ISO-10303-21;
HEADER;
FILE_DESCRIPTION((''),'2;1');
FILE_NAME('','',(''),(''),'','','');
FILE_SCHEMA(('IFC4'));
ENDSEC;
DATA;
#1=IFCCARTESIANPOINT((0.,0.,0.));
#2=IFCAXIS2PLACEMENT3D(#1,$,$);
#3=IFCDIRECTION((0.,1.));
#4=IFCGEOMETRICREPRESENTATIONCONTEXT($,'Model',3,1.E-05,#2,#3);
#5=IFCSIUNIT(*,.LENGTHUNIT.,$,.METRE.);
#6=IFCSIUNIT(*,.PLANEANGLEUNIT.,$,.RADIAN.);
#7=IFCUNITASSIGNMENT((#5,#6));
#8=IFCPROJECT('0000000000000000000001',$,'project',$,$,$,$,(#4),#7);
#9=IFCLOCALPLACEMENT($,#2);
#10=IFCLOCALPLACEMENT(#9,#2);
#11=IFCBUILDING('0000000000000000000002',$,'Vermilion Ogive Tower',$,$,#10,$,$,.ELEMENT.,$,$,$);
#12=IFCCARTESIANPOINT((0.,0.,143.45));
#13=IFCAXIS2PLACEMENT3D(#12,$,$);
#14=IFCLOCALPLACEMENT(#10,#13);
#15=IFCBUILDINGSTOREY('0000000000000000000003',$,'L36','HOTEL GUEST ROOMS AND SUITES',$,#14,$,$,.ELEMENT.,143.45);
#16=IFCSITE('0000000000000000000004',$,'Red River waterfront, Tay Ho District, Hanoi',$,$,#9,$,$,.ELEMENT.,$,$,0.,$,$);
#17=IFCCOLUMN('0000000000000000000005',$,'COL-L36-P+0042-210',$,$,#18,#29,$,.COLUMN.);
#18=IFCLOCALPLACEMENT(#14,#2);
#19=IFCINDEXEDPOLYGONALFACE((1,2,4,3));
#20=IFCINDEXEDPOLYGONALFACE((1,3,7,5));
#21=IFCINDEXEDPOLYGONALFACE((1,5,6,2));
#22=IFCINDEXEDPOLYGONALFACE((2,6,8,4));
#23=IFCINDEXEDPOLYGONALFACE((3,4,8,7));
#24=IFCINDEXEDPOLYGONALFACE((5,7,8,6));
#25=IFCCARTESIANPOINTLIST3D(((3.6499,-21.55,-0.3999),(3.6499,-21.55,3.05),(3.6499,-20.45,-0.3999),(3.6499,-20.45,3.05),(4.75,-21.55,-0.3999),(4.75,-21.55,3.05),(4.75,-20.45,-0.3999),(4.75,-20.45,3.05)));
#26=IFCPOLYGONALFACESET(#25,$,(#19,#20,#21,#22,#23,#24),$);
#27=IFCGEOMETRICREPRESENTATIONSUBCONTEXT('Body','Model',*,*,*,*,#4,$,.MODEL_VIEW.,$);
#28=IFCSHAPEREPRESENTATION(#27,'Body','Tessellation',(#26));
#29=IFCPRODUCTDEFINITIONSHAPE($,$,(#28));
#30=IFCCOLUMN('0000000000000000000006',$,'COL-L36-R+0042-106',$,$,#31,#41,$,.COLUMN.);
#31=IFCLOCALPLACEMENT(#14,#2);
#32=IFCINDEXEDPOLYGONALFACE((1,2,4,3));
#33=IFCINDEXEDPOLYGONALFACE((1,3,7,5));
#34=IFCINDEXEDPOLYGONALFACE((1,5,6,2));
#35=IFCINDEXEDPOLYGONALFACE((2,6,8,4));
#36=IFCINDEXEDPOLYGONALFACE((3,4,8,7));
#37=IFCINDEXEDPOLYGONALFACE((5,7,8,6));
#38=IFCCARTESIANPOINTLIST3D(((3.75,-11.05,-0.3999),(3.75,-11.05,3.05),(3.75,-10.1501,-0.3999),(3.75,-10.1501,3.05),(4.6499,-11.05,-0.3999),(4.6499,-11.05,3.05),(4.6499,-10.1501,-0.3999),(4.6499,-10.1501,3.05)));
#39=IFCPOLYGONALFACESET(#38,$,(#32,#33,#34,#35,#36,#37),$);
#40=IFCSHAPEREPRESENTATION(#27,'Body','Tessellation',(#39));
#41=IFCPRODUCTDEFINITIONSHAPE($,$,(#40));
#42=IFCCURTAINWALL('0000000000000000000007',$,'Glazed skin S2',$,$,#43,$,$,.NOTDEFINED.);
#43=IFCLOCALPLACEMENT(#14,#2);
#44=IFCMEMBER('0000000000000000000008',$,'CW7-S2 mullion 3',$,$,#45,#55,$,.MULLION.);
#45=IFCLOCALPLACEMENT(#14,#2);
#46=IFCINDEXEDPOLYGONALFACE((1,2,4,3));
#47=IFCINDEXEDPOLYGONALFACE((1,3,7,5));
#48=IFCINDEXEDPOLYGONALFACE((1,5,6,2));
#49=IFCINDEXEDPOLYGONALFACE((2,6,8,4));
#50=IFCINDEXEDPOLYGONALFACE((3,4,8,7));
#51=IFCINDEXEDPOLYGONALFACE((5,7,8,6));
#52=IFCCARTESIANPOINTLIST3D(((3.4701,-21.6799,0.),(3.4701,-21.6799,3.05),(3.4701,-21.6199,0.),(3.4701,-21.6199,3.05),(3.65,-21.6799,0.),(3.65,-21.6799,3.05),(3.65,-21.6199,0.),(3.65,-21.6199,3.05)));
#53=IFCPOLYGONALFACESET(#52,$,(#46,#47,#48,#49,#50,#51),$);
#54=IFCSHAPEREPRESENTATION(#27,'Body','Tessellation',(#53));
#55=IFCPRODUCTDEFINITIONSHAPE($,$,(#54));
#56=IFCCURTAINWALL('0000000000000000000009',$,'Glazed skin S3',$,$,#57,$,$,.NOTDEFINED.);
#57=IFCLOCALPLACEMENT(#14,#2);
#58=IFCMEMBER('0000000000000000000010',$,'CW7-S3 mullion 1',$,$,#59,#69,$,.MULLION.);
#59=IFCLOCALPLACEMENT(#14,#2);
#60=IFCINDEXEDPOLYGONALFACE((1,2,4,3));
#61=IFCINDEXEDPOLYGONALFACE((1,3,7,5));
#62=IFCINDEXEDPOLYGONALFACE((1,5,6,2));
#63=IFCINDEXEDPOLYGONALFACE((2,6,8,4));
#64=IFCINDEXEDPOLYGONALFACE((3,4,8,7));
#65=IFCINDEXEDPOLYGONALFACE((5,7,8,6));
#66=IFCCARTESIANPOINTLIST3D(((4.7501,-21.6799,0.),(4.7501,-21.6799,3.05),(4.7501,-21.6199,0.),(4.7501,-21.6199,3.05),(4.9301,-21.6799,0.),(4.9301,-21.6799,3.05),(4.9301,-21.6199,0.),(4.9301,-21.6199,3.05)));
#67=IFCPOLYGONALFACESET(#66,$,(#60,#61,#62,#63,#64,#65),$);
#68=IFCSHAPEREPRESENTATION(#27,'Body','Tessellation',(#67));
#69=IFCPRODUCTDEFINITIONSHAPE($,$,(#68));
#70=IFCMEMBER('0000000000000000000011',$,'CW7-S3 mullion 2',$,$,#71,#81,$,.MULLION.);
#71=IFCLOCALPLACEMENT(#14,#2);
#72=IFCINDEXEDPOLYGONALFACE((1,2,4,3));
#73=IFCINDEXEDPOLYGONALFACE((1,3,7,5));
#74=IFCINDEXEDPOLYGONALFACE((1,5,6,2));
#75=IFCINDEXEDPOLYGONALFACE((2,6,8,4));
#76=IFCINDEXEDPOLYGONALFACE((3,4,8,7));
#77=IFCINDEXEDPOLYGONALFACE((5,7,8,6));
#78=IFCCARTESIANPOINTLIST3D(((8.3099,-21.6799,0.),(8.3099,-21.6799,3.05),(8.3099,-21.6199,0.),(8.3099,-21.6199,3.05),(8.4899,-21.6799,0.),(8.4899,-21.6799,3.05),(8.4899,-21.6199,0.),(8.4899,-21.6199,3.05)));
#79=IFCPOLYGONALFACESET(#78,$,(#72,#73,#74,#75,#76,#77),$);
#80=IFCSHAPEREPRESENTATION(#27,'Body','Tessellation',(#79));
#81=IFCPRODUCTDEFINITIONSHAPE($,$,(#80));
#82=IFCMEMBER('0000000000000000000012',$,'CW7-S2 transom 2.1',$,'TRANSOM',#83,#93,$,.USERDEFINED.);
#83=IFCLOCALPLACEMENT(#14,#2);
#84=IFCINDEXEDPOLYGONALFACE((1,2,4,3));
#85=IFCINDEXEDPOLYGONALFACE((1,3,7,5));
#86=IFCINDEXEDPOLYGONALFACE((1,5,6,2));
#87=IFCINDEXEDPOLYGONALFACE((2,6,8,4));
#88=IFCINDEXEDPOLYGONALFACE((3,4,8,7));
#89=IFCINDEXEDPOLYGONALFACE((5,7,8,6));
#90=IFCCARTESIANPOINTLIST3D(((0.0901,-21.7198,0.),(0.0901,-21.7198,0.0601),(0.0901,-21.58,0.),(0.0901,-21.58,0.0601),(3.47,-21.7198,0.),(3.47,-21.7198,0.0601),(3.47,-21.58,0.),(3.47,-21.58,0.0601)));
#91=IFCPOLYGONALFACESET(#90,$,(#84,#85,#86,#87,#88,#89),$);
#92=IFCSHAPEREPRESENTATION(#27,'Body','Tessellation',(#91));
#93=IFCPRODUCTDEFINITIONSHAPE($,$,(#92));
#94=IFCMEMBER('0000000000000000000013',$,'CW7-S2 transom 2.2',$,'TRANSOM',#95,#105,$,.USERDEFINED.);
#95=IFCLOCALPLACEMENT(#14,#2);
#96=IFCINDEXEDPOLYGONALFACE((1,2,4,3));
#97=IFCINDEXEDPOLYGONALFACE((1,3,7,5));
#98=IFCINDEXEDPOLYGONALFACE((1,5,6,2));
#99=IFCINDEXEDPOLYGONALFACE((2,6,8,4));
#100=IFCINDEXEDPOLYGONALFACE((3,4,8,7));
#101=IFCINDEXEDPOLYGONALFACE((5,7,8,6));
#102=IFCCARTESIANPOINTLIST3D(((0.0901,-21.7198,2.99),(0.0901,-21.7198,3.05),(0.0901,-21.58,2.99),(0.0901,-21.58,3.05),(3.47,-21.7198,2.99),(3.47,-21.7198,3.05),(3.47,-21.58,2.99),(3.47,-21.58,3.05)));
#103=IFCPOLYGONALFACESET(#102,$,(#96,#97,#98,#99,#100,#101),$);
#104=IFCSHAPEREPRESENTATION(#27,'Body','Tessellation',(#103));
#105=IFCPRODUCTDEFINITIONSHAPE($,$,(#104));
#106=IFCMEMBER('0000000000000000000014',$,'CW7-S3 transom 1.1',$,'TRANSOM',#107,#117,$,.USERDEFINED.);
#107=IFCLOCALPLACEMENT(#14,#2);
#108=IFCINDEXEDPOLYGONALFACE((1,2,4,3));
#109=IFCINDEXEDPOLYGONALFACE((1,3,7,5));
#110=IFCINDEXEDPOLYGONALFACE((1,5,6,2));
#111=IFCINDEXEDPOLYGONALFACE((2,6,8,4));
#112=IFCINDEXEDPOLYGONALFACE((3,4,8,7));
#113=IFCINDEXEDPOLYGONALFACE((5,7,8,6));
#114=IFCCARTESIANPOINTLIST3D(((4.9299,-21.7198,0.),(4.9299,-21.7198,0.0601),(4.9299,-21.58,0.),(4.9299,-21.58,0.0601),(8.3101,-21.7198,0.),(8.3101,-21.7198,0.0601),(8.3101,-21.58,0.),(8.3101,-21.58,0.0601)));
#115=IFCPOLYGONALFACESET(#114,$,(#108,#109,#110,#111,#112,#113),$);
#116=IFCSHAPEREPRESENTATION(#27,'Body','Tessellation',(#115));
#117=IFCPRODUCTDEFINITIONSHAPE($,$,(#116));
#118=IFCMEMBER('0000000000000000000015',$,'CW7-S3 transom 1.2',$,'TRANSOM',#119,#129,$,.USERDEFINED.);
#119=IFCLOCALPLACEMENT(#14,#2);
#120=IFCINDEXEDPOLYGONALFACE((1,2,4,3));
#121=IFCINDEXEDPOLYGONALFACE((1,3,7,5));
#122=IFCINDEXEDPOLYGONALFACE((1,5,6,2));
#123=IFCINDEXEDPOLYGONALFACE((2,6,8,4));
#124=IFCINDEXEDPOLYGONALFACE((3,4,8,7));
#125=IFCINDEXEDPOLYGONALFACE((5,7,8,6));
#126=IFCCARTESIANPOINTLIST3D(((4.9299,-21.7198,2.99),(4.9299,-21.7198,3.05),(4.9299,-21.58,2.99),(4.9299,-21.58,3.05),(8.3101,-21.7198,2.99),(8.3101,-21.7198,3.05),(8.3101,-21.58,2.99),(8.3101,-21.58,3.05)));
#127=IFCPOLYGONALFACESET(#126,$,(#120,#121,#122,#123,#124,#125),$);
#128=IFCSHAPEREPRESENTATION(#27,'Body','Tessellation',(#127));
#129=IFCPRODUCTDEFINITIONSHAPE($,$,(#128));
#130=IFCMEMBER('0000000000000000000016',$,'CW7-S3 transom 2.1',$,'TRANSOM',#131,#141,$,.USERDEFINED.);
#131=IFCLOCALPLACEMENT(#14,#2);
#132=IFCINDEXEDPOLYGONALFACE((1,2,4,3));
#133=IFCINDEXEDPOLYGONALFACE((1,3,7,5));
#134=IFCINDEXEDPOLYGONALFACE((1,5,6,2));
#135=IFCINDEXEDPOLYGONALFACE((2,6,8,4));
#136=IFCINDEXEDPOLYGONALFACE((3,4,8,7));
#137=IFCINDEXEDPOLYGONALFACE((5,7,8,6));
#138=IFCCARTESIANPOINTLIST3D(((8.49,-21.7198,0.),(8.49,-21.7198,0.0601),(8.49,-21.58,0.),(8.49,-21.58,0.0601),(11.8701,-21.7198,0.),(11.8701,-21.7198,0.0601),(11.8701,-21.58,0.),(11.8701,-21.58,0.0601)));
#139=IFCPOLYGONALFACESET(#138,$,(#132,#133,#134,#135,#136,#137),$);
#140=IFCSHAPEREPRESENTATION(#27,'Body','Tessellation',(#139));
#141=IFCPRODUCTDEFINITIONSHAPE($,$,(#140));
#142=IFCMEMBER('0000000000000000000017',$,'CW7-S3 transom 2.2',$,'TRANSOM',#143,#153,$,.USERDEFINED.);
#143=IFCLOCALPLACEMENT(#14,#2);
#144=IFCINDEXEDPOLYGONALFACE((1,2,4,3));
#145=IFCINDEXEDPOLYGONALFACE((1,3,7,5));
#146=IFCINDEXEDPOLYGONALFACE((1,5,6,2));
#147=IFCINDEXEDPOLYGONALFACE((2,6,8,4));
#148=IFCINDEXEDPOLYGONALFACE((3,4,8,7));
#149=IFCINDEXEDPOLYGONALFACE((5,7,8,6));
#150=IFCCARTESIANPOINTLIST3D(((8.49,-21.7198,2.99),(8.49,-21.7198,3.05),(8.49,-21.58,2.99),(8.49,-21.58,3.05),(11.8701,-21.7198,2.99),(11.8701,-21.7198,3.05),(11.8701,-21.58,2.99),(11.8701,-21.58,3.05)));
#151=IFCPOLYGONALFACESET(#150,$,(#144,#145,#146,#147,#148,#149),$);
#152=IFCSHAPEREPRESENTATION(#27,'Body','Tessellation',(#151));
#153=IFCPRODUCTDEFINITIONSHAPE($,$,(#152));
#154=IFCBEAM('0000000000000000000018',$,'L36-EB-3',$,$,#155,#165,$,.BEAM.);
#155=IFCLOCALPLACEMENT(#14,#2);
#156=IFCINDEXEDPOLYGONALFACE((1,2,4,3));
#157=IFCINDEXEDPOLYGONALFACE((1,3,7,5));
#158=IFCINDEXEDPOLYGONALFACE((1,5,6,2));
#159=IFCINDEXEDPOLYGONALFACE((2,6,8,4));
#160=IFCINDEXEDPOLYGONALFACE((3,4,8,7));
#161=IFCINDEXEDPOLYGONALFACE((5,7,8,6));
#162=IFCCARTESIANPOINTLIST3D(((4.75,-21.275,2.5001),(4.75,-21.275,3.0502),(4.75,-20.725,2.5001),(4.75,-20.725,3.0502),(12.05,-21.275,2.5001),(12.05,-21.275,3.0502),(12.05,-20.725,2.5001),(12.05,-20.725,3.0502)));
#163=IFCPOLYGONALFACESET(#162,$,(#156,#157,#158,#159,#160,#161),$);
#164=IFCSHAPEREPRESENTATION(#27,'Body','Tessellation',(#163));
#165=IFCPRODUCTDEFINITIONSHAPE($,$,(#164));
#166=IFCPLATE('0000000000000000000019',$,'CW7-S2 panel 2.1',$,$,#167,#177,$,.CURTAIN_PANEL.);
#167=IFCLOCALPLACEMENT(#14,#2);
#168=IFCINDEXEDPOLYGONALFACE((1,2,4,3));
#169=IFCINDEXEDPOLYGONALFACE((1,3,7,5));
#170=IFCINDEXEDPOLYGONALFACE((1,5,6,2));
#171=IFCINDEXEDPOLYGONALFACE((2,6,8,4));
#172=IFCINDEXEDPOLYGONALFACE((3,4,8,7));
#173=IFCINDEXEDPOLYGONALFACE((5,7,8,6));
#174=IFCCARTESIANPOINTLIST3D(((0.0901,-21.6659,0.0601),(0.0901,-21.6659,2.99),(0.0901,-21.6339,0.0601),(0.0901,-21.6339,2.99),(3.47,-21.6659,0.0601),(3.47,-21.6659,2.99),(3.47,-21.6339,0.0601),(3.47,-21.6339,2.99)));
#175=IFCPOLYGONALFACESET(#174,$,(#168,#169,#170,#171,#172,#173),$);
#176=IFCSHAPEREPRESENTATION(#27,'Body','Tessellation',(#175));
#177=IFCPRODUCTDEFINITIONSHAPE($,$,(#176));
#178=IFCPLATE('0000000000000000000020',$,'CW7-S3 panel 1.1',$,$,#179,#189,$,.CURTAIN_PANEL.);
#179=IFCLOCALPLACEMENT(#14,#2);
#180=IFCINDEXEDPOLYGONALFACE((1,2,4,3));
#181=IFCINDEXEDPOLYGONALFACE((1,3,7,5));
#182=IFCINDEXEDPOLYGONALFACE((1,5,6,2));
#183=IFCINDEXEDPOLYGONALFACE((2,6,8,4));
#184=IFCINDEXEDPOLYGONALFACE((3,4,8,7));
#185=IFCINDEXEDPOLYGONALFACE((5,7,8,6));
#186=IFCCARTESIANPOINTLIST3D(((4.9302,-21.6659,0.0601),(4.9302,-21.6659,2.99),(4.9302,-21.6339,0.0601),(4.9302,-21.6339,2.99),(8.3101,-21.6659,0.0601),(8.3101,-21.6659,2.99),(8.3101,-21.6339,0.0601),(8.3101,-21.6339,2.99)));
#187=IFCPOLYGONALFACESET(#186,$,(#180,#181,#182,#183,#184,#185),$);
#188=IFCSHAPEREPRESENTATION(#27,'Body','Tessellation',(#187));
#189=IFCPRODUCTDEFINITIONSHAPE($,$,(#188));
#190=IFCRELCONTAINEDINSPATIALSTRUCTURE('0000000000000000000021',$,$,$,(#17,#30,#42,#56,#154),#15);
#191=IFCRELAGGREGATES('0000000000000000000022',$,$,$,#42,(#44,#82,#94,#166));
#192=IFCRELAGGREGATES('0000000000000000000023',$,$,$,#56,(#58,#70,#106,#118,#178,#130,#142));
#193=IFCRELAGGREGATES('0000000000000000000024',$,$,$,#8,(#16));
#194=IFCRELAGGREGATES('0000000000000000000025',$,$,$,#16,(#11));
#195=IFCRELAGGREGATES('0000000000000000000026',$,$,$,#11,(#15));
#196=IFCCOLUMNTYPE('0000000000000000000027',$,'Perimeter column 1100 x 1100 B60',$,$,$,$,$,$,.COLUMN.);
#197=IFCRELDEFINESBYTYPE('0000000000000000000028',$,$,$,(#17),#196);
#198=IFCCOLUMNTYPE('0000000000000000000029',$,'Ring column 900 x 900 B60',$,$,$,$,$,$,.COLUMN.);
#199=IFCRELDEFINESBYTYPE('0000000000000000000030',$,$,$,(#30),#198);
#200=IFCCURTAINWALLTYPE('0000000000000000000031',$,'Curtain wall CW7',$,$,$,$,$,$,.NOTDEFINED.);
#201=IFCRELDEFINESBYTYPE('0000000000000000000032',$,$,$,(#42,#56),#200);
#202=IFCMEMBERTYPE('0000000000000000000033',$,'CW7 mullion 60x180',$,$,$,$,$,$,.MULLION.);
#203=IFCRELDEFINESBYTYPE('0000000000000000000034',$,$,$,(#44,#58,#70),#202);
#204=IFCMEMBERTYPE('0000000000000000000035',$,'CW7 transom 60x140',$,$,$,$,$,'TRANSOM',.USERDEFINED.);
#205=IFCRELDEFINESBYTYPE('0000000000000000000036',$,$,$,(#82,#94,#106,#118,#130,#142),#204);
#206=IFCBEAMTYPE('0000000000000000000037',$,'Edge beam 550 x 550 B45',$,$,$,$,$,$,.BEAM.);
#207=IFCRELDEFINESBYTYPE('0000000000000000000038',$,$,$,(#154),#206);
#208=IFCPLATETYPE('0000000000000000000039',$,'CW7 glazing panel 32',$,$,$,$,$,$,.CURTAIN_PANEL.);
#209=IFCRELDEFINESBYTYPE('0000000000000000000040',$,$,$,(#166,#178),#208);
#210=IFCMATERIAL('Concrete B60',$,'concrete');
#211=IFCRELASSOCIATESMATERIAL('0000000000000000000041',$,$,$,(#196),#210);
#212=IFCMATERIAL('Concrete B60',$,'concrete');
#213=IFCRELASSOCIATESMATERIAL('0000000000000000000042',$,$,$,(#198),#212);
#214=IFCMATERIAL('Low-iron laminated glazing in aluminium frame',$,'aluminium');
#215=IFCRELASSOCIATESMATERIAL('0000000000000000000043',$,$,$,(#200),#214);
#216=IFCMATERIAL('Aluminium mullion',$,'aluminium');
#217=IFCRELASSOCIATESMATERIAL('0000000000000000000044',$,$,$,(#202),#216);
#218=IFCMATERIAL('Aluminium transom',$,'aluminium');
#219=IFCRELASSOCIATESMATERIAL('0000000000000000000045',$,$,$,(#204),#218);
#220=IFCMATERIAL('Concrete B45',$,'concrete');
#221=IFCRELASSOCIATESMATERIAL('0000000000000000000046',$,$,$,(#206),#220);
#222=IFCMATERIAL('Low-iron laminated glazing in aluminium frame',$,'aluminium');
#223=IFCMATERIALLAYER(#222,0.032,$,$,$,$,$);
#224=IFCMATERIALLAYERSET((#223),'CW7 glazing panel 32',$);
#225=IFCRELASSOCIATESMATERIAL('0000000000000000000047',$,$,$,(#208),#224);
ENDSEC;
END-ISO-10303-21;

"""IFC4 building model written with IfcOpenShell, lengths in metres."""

from ifc_helpers import new_model, si_unit, direction, frame, origin, origin_2d, place, context, subcontext, project, spatial, rectangle, extrude, material, layer, layer_set, material_profile, profile_set, type_object, element, aggregate, save


model = new_model("IFC4")

# Units and contexts
model_context = context("Model", 3, precision=1e-05, world=origin(), true_north=direction((0.0, 1.0)))
body_context = subcontext(model_context, "Body", "Model", "MODEL_VIEW")
ifc_project = project(units=[si_unit("LENGTHUNIT", "METRE"), si_unit("PLANEANGLEUNIT", "RADIAN")], contexts=[model_context])

# Site, building, storey
site_placement = place(None, origin())
site = spatial("IfcSite", under=ifc_project, at=site_placement, Name="Red River waterfront, Tay Ho District, Hanoi", CompositionType="ELEMENT", RefElevation=0.0)
building_placement = place(site_placement, origin())
building = spatial("IfcBuilding", under=site, at=building_placement, Name="Vermilion Ogive Tower", CompositionType="ELEMENT")
storey_placement = place(building_placement, frame((0.0, 0.0, 143.45)))
storey = spatial("IfcBuildingStorey", under=building, at=storey_placement, Name="L36", Description="HOTEL GUEST ROOMS AND SUITES", CompositionType="ELEMENT", Elevation=143.45)

# Columns
ifc_material_1 = material(Name="Concrete B60", Category="concrete")
ifc_material_profile_1 = material_profile(ifc_material_1, rectangle(XDim=1.1001, YDim=1.1001, at=origin_2d()), Name="1100 x 1100")
ifc_profile_set_1 = profile_set([ifc_material_profile_1], Name="Concrete B60")
column_type_1 = type_object("IfcColumnType", Name="Perimeter column 1100 x 1100 B60", PredefinedType="COLUMN", material=ifc_profile_set_1)
column_1_placement = place(storey_placement, frame((4.2, -21.0, -0.3999), z_axis=(0.0, 0.0, 1.0), x_axis=(1.0, 0.0, 0.0)))
element("IfcColumn", 1, at=column_1_placement, inside=storey, type_object=column_type_1, Name="COL-L36-P+0042-210", PredefinedType="COLUMN", context=body_context, shape_type="SweptSolid", body=[
    extrude(rectangle(XDim=1.1001, YDim=1.1001, at=origin_2d()), origin(), (0.0, 0.0, 1.0), 3.45),
])
ifc_material_2 = material(Name="Concrete B60", Category="concrete")
ifc_material_profile_2 = material_profile(ifc_material_2, rectangle(XDim=0.8999, YDim=0.8999, at=origin_2d()), Name="900 x 900")
ifc_profile_set_2 = profile_set([ifc_material_profile_2], Name="Concrete B60")
column_type_2 = type_object("IfcColumnType", Name="Ring column 900 x 900 B60", PredefinedType="COLUMN", material=ifc_profile_set_2)
column_2_placement = place(storey_placement, frame((4.2, -10.6001, -0.3999), z_axis=(0.0, 0.0, 1.0), x_axis=(1.0, 0.0, 0.0)))
element("IfcColumn", 2, at=column_2_placement, inside=storey, type_object=column_type_2, Name="COL-L36-R+0042-106", PredefinedType="COLUMN", context=body_context, shape_type="SweptSolid", body=[
    extrude(rectangle(XDim=0.8999, YDim=0.8999, at=origin_2d()), origin(), (0.0, 0.0, 1.0), 3.45),
])

# Curtain wall, member
ifc_material_3 = material(Name="Low-iron laminated glazing in aluminium frame", Category="aluminium")
curtain_wall_type = type_object("IfcCurtainWallType", Name="Curtain wall CW7", PredefinedType="NOTDEFINED", material=ifc_material_3)
curtain_wall_1_placement = place(storey_placement, origin())
curtain_wall_1 = element("IfcCurtainWall", 3, at=curtain_wall_1_placement, inside=storey, type_object=curtain_wall_type, Name="Glazed skin S2", PredefinedType="NOTDEFINED")
ifc_material_4 = material(Name="Aluminium mullion", Category="aluminium")
ifc_material_profile_3 = material_profile(ifc_material_4, rectangle(XDim=0.0601, YDim=0.1799, at=origin_2d()), Name="AL 60x180")
ifc_profile_set_3 = profile_set([ifc_material_profile_3], Name="Aluminium mullion")
member_type_1 = type_object("IfcMemberType", Name="CW7 mullion 60x180", PredefinedType="MULLION", material=ifc_profile_set_3)
member_1_placement = place(storey_placement, frame((3.5601, -21.6499, 0.0), z_axis=(0.0, 0.0, 1.0), x_axis=(0.0, 1.0, 0.0)))
member_1 = element("IfcMember", 4, at=member_1_placement, type_object=member_type_1, Name="CW7-S2 mullion 3", PredefinedType="MULLION", context=body_context, shape_type="SweptSolid", body=[
    extrude(rectangle(XDim=0.0601, YDim=0.1799, at=origin_2d()), origin(), (0.0, 0.0, 1.0), 3.05),
])

# Curtain wall, members
curtain_wall_2_placement = place(storey_placement, origin())
curtain_wall_2 = element("IfcCurtainWall", 5, at=curtain_wall_2_placement, inside=storey, type_object=curtain_wall_type, Name="Glazed skin S3", PredefinedType="NOTDEFINED")
member_2_placement = place(storey_placement, frame((4.8401, -21.6499, 0.0), z_axis=(0.0, 0.0, 1.0), x_axis=(0.0, 1.0, 0.0)))
member_2 = element("IfcMember", 6, at=member_2_placement, type_object=member_type_1, Name="CW7-S3 mullion 1", PredefinedType="MULLION", context=body_context, shape_type="SweptSolid", body=[
    extrude(rectangle(XDim=0.0601, YDim=0.1799, at=origin_2d()), origin(), (0.0, 0.0, 1.0), 3.05),
])
member_3_placement = place(storey_placement, frame((8.3999, -21.6499, 0.0), z_axis=(0.0, 0.0, 1.0), x_axis=(0.0, 1.0, 0.0)))
member_3 = element("IfcMember", 7, at=member_3_placement, type_object=member_type_1, Name="CW7-S3 mullion 2", PredefinedType="MULLION", context=body_context, shape_type="SweptSolid", body=[
    extrude(rectangle(XDim=0.0601, YDim=0.1799, at=origin_2d()), origin(), (0.0, 0.0, 1.0), 3.05),
])

# Members
ifc_material_5 = material(Name="Aluminium transom", Category="aluminium")
ifc_material_profile_4 = material_profile(ifc_material_5, rectangle(XDim=0.1399, YDim=0.0601, at=origin_2d()), Name="AL 60x140")
ifc_profile_set_4 = profile_set([ifc_material_profile_4], Name="Aluminium transom")
member_type_2 = type_object("IfcMemberType", Name="CW7 transom 60x140", ElementType="TRANSOM", PredefinedType="USERDEFINED", material=ifc_profile_set_4)
member_4_placement = place(storey_placement, frame((0.0901, -21.6499, 0.03), z_axis=(1.0, 0.0, 0.0), x_axis=(0.0, 1.0, 0.0)))
member_4 = element("IfcMember", 8, at=member_4_placement, type_object=member_type_2, Name="CW7-S2 transom 2.1", ObjectType="TRANSOM", PredefinedType="USERDEFINED", context=body_context, shape_type="SweptSolid", body=[
    extrude(rectangle(XDim=0.1399, YDim=0.0601, at=origin_2d()), origin(), (0.0, 0.0, 1.0), 3.3799),
])
member_5_placement = place(storey_placement, frame((0.0901, -21.6499, 3.02), z_axis=(1.0, 0.0, 0.0), x_axis=(0.0, 1.0, 0.0)))
member_5 = element("IfcMember", 9, at=member_5_placement, type_object=member_type_2, Name="CW7-S2 transom 2.2", ObjectType="TRANSOM", PredefinedType="USERDEFINED", context=body_context, shape_type="SweptSolid", body=[
    extrude(rectangle(XDim=0.1399, YDim=0.0601, at=origin_2d()), origin(), (0.0, 0.0, 1.0), 3.3799),
])
member_6_placement = place(storey_placement, frame((4.9299, -21.6499, 0.03), z_axis=(1.0, 0.0, 0.0), x_axis=(0.0, 1.0, 0.0)))
member_6 = element("IfcMember", 10, at=member_6_placement, type_object=member_type_2, Name="CW7-S3 transom 1.1", ObjectType="TRANSOM", PredefinedType="USERDEFINED", context=body_context, shape_type="SweptSolid", body=[
    extrude(rectangle(XDim=0.1399, YDim=0.0601, at=origin_2d()), origin(), (0.0, 0.0, 1.0), 3.3801),
])
member_7_placement = place(storey_placement, frame((4.9299, -21.6499, 3.02), z_axis=(1.0, 0.0, 0.0), x_axis=(0.0, 1.0, 0.0)))
member_7 = element("IfcMember", 11, at=member_7_placement, type_object=member_type_2, Name="CW7-S3 transom 1.2", ObjectType="TRANSOM", PredefinedType="USERDEFINED", context=body_context, shape_type="SweptSolid", body=[
    extrude(rectangle(XDim=0.1399, YDim=0.0601, at=origin_2d()), origin(), (0.0, 0.0, 1.0), 3.3801),
])
member_8_placement = place(storey_placement, frame((8.49, -21.6499, 0.03), z_axis=(1.0, 0.0, 0.0), x_axis=(0.0, 1.0, 0.0)))
member_8 = element("IfcMember", 12, at=member_8_placement, type_object=member_type_2, Name="CW7-S3 transom 2.1", ObjectType="TRANSOM", PredefinedType="USERDEFINED", context=body_context, shape_type="SweptSolid", body=[
    extrude(rectangle(XDim=0.1399, YDim=0.0601, at=origin_2d()), origin(), (0.0, 0.0, 1.0), 3.3801),
])
member_9_placement = place(storey_placement, frame((8.49, -21.6499, 3.02), z_axis=(1.0, 0.0, 0.0), x_axis=(0.0, 1.0, 0.0)))
member_9 = element("IfcMember", 13, at=member_9_placement, type_object=member_type_2, Name="CW7-S3 transom 2.2", ObjectType="TRANSOM", PredefinedType="USERDEFINED", context=body_context, shape_type="SweptSolid", body=[
    extrude(rectangle(XDim=0.1399, YDim=0.0601, at=origin_2d()), origin(), (0.0, 0.0, 1.0), 3.3801),
])

# Beam
ifc_material_6 = material(Name="Concrete B45", Category="concrete")
ifc_material_profile_5 = material_profile(ifc_material_6, rectangle(XDim=0.55, YDim=0.55, at=origin_2d()), Name="550 x 550")
ifc_profile_set_5 = profile_set([ifc_material_profile_5], Name="Concrete B45")
beam_type = type_object("IfcBeamType", Name="Edge beam 550 x 550 B45", PredefinedType="BEAM", material=ifc_profile_set_5)
beam_placement = place(storey_placement, frame((4.75, -21.0, 2.7751), z_axis=(1.0, 0.0, 0.0), x_axis=(0.0, 1.0, 0.0)))
element("IfcBeam", 14, at=beam_placement, inside=storey, type_object=beam_type, Name="L36-EB-3", PredefinedType="BEAM", context=body_context, shape_type="SweptSolid", body=[
    extrude(rectangle(XDim=0.55, YDim=0.55, at=origin_2d()), origin(), (0.0, 0.0, 1.0), 7.3),
])

# Plates
ifc_material_7 = material(Name="Low-iron laminated glazing in aluminium frame", Category="aluminium")
ifc_layer_1 = layer(ifc_material_7, 0.032)
ifc_layer_set_1 = layer_set([ifc_layer_1], Name="CW7 glazing panel 32")
plate_type = type_object("IfcPlateType", Name="CW7 glazing panel 32", PredefinedType="CURTAIN_PANEL", material=ifc_layer_set_1)
plate_1_placement = place(storey_placement, frame((1.78, -21.6499, 0.0601), z_axis=(0.0, 0.0, 1.0), x_axis=(1.0, 0.0, 0.0)))
plate_1 = element("IfcPlate", 15, at=plate_1_placement, type_object=plate_type, Name="CW7-S2 panel 2.1", PredefinedType="CURTAIN_PANEL", context=body_context, shape_type="SweptSolid", body=[
    extrude(rectangle(XDim=3.3799, YDim=0.032, at=origin_2d()), origin(), (0.0, 0.0, 1.0), 2.9299),
])
aggregate(curtain_wall_1, [member_1, member_4, member_5, plate_1])
plate_2_placement = place(storey_placement, frame((6.6201, -21.6499, 0.0601), z_axis=(0.0, 0.0, 1.0), x_axis=(1.0, 0.0, 0.0)))
plate_2 = element("IfcPlate", 16, at=plate_2_placement, type_object=plate_type, Name="CW7-S3 panel 1.1", PredefinedType="CURTAIN_PANEL", context=body_context, shape_type="SweptSolid", body=[
    extrude(rectangle(XDim=3.3799, YDim=0.032, at=origin_2d()), origin(), (0.0, 0.0, 1.0), 2.9299),
])
aggregate(curtain_wall_2, [member_2, member_3, member_6, member_7, plate_2, member_8, member_9])

save(model, "model.ifc")
